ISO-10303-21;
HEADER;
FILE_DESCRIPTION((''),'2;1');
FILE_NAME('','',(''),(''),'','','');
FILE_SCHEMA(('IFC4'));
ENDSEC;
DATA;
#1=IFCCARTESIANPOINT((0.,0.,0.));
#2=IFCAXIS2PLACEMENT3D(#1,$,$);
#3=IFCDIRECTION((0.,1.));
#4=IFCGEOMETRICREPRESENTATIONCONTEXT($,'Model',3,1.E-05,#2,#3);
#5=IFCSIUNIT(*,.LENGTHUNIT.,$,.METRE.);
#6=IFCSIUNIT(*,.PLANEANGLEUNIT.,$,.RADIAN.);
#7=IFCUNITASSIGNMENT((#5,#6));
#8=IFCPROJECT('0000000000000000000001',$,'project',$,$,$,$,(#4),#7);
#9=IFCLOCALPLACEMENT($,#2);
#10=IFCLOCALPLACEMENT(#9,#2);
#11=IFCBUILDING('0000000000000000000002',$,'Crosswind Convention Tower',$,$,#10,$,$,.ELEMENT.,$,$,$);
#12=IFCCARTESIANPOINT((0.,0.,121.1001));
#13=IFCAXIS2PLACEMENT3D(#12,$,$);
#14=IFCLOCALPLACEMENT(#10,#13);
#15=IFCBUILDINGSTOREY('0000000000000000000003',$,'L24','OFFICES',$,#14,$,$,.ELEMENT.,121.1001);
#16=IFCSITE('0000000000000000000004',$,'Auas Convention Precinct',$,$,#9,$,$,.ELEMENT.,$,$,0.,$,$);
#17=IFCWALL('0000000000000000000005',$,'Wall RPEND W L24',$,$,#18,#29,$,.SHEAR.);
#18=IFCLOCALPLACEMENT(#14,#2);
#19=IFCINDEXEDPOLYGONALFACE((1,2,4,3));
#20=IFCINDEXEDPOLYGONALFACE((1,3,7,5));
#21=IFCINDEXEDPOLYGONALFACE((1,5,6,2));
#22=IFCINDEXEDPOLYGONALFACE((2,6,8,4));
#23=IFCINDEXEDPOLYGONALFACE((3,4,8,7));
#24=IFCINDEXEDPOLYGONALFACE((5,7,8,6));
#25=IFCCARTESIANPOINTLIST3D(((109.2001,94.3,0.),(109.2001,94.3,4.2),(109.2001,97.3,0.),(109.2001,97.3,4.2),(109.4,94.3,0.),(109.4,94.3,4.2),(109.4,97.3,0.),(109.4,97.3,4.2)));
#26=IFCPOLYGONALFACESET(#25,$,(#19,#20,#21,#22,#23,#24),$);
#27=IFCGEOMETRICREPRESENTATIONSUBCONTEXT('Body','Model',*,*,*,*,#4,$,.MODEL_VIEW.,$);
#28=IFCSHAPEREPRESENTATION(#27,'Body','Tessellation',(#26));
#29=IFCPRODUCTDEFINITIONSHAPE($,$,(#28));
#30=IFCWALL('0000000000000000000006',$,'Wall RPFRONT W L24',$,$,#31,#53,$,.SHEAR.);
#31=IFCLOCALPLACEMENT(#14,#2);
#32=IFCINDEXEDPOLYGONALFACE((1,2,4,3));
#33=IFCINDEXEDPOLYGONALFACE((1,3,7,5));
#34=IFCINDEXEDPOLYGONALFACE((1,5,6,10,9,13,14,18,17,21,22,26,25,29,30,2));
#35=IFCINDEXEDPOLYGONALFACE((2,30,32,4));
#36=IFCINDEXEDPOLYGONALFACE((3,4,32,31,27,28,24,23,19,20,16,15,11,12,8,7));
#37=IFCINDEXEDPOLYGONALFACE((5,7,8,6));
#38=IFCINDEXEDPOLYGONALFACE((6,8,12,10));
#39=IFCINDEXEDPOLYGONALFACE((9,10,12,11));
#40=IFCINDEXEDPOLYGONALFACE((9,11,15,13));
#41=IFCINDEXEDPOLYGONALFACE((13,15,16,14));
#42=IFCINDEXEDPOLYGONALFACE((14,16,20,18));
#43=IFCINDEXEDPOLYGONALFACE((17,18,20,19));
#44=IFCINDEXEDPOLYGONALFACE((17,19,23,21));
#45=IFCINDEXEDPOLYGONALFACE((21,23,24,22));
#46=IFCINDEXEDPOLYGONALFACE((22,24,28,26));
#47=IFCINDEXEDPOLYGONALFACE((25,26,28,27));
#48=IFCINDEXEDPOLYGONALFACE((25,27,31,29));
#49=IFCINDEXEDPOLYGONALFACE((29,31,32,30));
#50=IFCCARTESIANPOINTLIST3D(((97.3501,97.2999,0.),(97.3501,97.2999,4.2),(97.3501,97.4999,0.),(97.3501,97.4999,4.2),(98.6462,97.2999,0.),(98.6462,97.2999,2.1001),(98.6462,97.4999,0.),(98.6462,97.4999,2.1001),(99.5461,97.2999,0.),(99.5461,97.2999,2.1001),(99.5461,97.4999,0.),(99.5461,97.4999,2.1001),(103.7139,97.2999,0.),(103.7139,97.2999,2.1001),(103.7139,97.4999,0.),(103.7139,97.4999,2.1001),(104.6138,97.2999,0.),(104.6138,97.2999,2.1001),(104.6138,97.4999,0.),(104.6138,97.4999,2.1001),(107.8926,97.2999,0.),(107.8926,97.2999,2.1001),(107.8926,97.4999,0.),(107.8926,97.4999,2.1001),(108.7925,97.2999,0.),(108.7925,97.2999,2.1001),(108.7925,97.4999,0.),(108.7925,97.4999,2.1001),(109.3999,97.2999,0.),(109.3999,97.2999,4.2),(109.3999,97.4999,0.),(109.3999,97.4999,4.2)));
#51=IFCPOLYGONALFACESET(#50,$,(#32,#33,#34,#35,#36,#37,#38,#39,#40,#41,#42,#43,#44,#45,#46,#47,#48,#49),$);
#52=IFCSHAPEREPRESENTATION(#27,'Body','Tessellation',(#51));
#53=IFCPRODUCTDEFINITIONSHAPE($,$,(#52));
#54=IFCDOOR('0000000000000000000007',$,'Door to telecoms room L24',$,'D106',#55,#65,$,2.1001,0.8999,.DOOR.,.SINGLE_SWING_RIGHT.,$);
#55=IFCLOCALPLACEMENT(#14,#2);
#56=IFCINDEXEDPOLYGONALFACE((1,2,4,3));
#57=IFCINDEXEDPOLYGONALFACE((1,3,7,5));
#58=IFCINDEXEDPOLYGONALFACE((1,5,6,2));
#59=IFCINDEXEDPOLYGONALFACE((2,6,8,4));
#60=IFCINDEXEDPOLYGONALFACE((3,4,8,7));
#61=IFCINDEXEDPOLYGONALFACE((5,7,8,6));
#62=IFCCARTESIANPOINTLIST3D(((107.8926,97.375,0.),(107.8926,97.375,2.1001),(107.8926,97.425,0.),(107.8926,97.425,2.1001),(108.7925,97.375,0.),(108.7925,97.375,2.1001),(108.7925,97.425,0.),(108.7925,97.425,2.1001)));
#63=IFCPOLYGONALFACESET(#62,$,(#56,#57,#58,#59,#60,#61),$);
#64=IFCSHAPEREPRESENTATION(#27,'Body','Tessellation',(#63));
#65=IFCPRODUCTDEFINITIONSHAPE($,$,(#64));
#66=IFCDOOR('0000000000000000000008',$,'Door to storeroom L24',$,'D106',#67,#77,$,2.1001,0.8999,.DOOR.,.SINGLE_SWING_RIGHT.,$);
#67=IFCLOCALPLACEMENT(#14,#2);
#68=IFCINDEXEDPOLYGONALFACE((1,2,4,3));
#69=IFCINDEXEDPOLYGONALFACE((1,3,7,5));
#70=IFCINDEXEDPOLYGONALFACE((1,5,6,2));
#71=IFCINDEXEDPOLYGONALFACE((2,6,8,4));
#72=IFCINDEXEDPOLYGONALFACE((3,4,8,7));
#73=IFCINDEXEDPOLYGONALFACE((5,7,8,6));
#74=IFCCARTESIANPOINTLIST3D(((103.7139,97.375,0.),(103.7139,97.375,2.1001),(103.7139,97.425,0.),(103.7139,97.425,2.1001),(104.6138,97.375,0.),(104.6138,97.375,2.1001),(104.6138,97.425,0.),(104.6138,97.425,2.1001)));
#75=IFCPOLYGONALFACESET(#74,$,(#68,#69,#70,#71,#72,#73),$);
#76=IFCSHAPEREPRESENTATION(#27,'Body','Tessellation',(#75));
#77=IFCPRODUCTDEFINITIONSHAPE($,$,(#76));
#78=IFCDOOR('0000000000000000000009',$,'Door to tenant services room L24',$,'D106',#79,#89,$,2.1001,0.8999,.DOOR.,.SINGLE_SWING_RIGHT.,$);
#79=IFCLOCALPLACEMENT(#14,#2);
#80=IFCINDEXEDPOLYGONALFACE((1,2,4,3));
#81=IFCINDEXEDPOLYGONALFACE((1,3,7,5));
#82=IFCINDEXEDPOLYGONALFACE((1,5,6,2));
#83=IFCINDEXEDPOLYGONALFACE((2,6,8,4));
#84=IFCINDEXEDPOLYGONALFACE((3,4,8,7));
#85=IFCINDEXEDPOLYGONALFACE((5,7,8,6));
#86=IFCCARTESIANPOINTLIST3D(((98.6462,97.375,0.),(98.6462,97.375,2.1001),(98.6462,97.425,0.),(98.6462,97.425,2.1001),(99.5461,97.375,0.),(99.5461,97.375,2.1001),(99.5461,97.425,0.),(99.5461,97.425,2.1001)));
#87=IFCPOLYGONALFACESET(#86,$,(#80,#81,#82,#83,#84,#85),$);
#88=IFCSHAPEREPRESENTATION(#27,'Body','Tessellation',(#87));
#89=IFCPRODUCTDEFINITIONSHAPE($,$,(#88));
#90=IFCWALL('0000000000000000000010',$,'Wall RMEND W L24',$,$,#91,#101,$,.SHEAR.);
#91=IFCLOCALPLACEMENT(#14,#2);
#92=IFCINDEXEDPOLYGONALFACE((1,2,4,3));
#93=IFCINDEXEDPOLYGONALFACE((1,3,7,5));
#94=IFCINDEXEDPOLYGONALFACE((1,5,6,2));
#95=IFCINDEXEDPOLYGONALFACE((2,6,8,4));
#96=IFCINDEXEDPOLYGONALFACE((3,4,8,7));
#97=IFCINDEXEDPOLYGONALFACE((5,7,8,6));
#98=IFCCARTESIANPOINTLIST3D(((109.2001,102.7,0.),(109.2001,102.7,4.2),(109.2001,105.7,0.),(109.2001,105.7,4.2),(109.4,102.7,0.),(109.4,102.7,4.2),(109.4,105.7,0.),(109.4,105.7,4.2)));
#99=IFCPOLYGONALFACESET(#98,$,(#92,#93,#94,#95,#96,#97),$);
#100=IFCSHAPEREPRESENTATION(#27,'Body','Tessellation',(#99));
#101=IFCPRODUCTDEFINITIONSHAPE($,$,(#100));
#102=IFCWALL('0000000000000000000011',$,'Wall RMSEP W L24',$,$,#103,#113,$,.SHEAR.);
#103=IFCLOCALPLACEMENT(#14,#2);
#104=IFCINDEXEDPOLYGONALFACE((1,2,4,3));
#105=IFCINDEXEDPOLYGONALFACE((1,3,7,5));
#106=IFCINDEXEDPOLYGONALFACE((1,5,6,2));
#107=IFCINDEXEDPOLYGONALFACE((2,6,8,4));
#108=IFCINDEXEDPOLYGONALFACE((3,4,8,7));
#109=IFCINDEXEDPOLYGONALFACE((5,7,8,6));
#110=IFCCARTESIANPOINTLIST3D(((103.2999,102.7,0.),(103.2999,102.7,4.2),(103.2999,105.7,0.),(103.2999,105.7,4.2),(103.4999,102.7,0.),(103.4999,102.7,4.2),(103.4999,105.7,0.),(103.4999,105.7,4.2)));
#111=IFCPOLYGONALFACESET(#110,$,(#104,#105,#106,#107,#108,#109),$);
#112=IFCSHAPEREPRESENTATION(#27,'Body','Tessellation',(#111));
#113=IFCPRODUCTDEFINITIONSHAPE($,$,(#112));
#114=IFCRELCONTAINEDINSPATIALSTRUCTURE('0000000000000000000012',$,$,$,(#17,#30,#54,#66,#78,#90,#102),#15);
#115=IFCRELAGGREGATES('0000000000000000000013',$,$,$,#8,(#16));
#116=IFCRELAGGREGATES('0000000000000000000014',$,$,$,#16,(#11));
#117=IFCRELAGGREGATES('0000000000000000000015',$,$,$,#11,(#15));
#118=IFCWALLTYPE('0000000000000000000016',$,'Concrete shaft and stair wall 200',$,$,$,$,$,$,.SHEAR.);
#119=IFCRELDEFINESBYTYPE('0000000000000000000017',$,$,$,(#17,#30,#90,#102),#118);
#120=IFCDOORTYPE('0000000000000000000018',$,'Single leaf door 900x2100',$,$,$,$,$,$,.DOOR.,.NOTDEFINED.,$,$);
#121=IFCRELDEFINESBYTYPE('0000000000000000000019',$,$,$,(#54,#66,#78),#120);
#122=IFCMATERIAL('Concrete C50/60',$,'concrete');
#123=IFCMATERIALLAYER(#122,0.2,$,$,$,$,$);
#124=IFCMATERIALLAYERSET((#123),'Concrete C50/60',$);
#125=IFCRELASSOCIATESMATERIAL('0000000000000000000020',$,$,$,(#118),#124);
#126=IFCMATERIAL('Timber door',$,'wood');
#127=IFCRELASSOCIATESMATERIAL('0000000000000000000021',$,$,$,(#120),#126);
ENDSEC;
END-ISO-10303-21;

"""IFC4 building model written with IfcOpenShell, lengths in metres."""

from ifc_helpers import new_model, si_unit, direction, frame, frame_2d, origin, place, context, subcontext, project, spatial, rectangle, extrude, material, layer, layer_set, type_object, element, fill, save


model = new_model("IFC4")

# Units and contexts
model_context = context("Model", 3, precision=1e-05, world=origin(), true_north=direction((0.0, 1.0)))
body_context = subcontext(model_context, "Body", "Model", "MODEL_VIEW")
ifc_project = project(units=[si_unit("LENGTHUNIT", "METRE"), si_unit("PLANEANGLEUNIT", "RADIAN")], contexts=[model_context])

# Site, building, storey
site_placement = place(None, origin())
site = spatial("IfcSite", under=ifc_project, at=site_placement, Name="Auas Convention Precinct", CompositionType="ELEMENT", RefElevation=0.0)
building_placement = place(site_placement, origin())
building = spatial("IfcBuilding", under=site, at=building_placement, Name="Crosswind Convention Tower", CompositionType="ELEMENT")
storey_placement = place(building_placement, frame((0.0, 0.0, 121.1001)))
storey = spatial("IfcBuildingStorey", under=building, at=storey_placement, Name="L24", Description="OFFICES", CompositionType="ELEMENT", Elevation=121.1001)

# Wall
ifc_material_1 = material(Name="Concrete C50/60", Category="concrete")
ifc_layer_1 = layer(ifc_material_1, 0.2)
ifc_layer_set_1 = layer_set([ifc_layer_1], Name="Concrete C50/60")
wall_type_1 = type_object("IfcWallType", Name="Concrete shaft and stair wall 200", PredefinedType="SHEAR", material=ifc_layer_set_1)
wall_1_placement = place(storey_placement, frame((109.3, 97.3, 0.0), z_axis=(0.0, 0.0, 1.0), x_axis=(0.0, -1.0, 0.0)))
element("IfcWall", 1, at=wall_1_placement, inside=storey, type_object=wall_type_1, Name="Wall RPEND W L24", PredefinedType="SHEAR", context=body_context, shape_type="SweptSolid", body=[
    extrude(rectangle(XDim=3.0, YDim=0.2, at=frame_2d((1.5, 0.0))), origin(), (0.0, 0.0, 1.0), 4.2),
])

# Wall, openings, doors
wall_2_placement = place(storey_placement, frame((109.3999, 97.3999, 0.0), z_axis=(0.0, 0.0, 1.0), x_axis=(-1.0, 0.0, 0.0)))
wall_2 = element("IfcWall", 2, at=wall_2_placement, inside=storey, type_object=wall_type_1, Name="Wall RPFRONT W L24", PredefinedType="SHEAR", context=body_context, shape_type="SweptSolid", body=[
    extrude(rectangle(XDim=12.0498, YDim=0.2, at=frame_2d((6.0249, 0.0))), origin(), (0.0, 0.0, 1.0), 4.2),
])
opening_1_placement = place(wall_2_placement, frame((0.6074, 0.0, 0.0)))
opening_1 = element("IfcOpeningElement", 3, at=opening_1_placement, cuts=wall_2, PredefinedType="OPENING", context=body_context, shape_type="SweptSolid", body=[
    extrude(rectangle(XDim=0.8999, YDim=2.1001, at=frame_2d((0.45, 1.05))), frame((0.0, 0.1099, 0.0), z_axis=(0.0, -1.0, 0.0), x_axis=(1.0, 0.0, 0.0)), (0.0, 0.0, 1.0), 0.22),
])
opening_2_placement = place(wall_2_placement, frame((4.7861, 0.0, 0.0)))
opening_2 = element("IfcOpeningElement", 4, at=opening_2_placement, cuts=wall_2, PredefinedType="OPENING", context=body_context, shape_type="SweptSolid", body=[
    extrude(rectangle(XDim=0.8999, YDim=2.1001, at=frame_2d((0.45, 1.05))), frame((0.0, 0.1099, 0.0), z_axis=(0.0, -1.0, 0.0), x_axis=(1.0, 0.0, 0.0)), (0.0, 0.0, 1.0), 0.22),
])
opening_3_placement = place(wall_2_placement, frame((9.8538, 0.0, 0.0)))
opening_3 = element("IfcOpeningElement", 5, at=opening_3_placement, cuts=wall_2, PredefinedType="OPENING", context=body_context, shape_type="SweptSolid", body=[
    extrude(rectangle(XDim=0.8999, YDim=2.1001, at=frame_2d((0.45, 1.05))), frame((0.0, 0.1099, 0.0), z_axis=(0.0, -1.0, 0.0), x_axis=(1.0, 0.0, 0.0)), (0.0, 0.0, 1.0), 0.22),
])
ifc_material_2 = material(Name="Timber door", Category="wood")
door_type_1 = type_object("IfcDoorType", Name="Single leaf door 900x2100", OperationType="NOTDEFINED", PredefinedType="DOOR", material=ifc_material_2)
door_1_placement = place(opening_1_placement, origin())
door_1 = element("IfcDoor", 6, at=door_1_placement, inside=storey, type_object=door_type_1, Name="Door to telecoms room L24", ObjectType="D106", OperationType="SINGLE_SWING_RIGHT", OverallHeight=2.1001, OverallWidth=0.8999, PredefinedType="DOOR", context=body_context, shape_type="SweptSolid", body=[
    extrude(rectangle(XDim=0.8999, YDim=2.1001, at=frame_2d((0.45, 1.05))), frame((0.0, 0.0249, 0.0), z_axis=(0.0, -1.0, 0.0), x_axis=(1.0, 0.0, 0.0)), (0.0, 0.0, 1.0), 0.05),
])
fill(opening_1, door_1)
door_2_placement = place(opening_2_placement, origin())
door_2 = element("IfcDoor", 7, at=door_2_placement, inside=storey, type_object=door_type_1, Name="Door to storeroom L24", ObjectType="D106", OperationType="SINGLE_SWING_RIGHT", OverallHeight=2.1001, OverallWidth=0.8999, PredefinedType="DOOR", context=body_context, shape_type="SweptSolid", body=[
    extrude(rectangle(XDim=0.8999, YDim=2.1001, at=frame_2d((0.45, 1.05))), frame((0.0, 0.0249, 0.0), z_axis=(0.0, -1.0, 0.0), x_axis=(1.0, 0.0, 0.0)), (0.0, 0.0, 1.0), 0.05),
])
fill(opening_2, door_2)
door_3_placement = place(opening_3_placement, origin())
door_3 = element("IfcDoor", 8, at=door_3_placement, inside=storey, type_object=door_type_1, Name="Door to tenant services room L24", ObjectType="D106", OperationType="SINGLE_SWING_RIGHT", OverallHeight=2.1001, OverallWidth=0.8999, PredefinedType="DOOR", context=body_context, shape_type="SweptSolid", body=[
    extrude(rectangle(XDim=0.8999, YDim=2.1001, at=frame_2d((0.45, 1.05))), frame((0.0, 0.0249, 0.0), z_axis=(0.0, -1.0, 0.0), x_axis=(1.0, 0.0, 0.0)), (0.0, 0.0, 1.0), 0.05),
])
fill(opening_3, door_3)

# Walls
for number, where, z_axis, x_axis, name in (
    (9, (109.3, 105.7, 0.0), (0.0, 0.0, 1.0), (0.0, -1.0, 0.0), "Wall RMEND W L24"),
    (10, (103.3999, 105.7, 0.0), (0.0, 0.0, 1.0), (0.0, -1.0, 0.0), "Wall RMSEP W L24"),
):
    element("IfcWall", number, at=place(storey_placement, frame(where, z_axis=z_axis, x_axis=x_axis)), inside=storey, type_object=wall_type_1, Name=name, PredefinedType="SHEAR", context=body_context, shape_type="SweptSolid", body=[
        extrude(rectangle(XDim=3.0, YDim=0.2, at=frame_2d((1.5, 0.0))), origin(), (0.0, 0.0, 1.0), 4.2),
    ])

save(model, "model.ifc")
